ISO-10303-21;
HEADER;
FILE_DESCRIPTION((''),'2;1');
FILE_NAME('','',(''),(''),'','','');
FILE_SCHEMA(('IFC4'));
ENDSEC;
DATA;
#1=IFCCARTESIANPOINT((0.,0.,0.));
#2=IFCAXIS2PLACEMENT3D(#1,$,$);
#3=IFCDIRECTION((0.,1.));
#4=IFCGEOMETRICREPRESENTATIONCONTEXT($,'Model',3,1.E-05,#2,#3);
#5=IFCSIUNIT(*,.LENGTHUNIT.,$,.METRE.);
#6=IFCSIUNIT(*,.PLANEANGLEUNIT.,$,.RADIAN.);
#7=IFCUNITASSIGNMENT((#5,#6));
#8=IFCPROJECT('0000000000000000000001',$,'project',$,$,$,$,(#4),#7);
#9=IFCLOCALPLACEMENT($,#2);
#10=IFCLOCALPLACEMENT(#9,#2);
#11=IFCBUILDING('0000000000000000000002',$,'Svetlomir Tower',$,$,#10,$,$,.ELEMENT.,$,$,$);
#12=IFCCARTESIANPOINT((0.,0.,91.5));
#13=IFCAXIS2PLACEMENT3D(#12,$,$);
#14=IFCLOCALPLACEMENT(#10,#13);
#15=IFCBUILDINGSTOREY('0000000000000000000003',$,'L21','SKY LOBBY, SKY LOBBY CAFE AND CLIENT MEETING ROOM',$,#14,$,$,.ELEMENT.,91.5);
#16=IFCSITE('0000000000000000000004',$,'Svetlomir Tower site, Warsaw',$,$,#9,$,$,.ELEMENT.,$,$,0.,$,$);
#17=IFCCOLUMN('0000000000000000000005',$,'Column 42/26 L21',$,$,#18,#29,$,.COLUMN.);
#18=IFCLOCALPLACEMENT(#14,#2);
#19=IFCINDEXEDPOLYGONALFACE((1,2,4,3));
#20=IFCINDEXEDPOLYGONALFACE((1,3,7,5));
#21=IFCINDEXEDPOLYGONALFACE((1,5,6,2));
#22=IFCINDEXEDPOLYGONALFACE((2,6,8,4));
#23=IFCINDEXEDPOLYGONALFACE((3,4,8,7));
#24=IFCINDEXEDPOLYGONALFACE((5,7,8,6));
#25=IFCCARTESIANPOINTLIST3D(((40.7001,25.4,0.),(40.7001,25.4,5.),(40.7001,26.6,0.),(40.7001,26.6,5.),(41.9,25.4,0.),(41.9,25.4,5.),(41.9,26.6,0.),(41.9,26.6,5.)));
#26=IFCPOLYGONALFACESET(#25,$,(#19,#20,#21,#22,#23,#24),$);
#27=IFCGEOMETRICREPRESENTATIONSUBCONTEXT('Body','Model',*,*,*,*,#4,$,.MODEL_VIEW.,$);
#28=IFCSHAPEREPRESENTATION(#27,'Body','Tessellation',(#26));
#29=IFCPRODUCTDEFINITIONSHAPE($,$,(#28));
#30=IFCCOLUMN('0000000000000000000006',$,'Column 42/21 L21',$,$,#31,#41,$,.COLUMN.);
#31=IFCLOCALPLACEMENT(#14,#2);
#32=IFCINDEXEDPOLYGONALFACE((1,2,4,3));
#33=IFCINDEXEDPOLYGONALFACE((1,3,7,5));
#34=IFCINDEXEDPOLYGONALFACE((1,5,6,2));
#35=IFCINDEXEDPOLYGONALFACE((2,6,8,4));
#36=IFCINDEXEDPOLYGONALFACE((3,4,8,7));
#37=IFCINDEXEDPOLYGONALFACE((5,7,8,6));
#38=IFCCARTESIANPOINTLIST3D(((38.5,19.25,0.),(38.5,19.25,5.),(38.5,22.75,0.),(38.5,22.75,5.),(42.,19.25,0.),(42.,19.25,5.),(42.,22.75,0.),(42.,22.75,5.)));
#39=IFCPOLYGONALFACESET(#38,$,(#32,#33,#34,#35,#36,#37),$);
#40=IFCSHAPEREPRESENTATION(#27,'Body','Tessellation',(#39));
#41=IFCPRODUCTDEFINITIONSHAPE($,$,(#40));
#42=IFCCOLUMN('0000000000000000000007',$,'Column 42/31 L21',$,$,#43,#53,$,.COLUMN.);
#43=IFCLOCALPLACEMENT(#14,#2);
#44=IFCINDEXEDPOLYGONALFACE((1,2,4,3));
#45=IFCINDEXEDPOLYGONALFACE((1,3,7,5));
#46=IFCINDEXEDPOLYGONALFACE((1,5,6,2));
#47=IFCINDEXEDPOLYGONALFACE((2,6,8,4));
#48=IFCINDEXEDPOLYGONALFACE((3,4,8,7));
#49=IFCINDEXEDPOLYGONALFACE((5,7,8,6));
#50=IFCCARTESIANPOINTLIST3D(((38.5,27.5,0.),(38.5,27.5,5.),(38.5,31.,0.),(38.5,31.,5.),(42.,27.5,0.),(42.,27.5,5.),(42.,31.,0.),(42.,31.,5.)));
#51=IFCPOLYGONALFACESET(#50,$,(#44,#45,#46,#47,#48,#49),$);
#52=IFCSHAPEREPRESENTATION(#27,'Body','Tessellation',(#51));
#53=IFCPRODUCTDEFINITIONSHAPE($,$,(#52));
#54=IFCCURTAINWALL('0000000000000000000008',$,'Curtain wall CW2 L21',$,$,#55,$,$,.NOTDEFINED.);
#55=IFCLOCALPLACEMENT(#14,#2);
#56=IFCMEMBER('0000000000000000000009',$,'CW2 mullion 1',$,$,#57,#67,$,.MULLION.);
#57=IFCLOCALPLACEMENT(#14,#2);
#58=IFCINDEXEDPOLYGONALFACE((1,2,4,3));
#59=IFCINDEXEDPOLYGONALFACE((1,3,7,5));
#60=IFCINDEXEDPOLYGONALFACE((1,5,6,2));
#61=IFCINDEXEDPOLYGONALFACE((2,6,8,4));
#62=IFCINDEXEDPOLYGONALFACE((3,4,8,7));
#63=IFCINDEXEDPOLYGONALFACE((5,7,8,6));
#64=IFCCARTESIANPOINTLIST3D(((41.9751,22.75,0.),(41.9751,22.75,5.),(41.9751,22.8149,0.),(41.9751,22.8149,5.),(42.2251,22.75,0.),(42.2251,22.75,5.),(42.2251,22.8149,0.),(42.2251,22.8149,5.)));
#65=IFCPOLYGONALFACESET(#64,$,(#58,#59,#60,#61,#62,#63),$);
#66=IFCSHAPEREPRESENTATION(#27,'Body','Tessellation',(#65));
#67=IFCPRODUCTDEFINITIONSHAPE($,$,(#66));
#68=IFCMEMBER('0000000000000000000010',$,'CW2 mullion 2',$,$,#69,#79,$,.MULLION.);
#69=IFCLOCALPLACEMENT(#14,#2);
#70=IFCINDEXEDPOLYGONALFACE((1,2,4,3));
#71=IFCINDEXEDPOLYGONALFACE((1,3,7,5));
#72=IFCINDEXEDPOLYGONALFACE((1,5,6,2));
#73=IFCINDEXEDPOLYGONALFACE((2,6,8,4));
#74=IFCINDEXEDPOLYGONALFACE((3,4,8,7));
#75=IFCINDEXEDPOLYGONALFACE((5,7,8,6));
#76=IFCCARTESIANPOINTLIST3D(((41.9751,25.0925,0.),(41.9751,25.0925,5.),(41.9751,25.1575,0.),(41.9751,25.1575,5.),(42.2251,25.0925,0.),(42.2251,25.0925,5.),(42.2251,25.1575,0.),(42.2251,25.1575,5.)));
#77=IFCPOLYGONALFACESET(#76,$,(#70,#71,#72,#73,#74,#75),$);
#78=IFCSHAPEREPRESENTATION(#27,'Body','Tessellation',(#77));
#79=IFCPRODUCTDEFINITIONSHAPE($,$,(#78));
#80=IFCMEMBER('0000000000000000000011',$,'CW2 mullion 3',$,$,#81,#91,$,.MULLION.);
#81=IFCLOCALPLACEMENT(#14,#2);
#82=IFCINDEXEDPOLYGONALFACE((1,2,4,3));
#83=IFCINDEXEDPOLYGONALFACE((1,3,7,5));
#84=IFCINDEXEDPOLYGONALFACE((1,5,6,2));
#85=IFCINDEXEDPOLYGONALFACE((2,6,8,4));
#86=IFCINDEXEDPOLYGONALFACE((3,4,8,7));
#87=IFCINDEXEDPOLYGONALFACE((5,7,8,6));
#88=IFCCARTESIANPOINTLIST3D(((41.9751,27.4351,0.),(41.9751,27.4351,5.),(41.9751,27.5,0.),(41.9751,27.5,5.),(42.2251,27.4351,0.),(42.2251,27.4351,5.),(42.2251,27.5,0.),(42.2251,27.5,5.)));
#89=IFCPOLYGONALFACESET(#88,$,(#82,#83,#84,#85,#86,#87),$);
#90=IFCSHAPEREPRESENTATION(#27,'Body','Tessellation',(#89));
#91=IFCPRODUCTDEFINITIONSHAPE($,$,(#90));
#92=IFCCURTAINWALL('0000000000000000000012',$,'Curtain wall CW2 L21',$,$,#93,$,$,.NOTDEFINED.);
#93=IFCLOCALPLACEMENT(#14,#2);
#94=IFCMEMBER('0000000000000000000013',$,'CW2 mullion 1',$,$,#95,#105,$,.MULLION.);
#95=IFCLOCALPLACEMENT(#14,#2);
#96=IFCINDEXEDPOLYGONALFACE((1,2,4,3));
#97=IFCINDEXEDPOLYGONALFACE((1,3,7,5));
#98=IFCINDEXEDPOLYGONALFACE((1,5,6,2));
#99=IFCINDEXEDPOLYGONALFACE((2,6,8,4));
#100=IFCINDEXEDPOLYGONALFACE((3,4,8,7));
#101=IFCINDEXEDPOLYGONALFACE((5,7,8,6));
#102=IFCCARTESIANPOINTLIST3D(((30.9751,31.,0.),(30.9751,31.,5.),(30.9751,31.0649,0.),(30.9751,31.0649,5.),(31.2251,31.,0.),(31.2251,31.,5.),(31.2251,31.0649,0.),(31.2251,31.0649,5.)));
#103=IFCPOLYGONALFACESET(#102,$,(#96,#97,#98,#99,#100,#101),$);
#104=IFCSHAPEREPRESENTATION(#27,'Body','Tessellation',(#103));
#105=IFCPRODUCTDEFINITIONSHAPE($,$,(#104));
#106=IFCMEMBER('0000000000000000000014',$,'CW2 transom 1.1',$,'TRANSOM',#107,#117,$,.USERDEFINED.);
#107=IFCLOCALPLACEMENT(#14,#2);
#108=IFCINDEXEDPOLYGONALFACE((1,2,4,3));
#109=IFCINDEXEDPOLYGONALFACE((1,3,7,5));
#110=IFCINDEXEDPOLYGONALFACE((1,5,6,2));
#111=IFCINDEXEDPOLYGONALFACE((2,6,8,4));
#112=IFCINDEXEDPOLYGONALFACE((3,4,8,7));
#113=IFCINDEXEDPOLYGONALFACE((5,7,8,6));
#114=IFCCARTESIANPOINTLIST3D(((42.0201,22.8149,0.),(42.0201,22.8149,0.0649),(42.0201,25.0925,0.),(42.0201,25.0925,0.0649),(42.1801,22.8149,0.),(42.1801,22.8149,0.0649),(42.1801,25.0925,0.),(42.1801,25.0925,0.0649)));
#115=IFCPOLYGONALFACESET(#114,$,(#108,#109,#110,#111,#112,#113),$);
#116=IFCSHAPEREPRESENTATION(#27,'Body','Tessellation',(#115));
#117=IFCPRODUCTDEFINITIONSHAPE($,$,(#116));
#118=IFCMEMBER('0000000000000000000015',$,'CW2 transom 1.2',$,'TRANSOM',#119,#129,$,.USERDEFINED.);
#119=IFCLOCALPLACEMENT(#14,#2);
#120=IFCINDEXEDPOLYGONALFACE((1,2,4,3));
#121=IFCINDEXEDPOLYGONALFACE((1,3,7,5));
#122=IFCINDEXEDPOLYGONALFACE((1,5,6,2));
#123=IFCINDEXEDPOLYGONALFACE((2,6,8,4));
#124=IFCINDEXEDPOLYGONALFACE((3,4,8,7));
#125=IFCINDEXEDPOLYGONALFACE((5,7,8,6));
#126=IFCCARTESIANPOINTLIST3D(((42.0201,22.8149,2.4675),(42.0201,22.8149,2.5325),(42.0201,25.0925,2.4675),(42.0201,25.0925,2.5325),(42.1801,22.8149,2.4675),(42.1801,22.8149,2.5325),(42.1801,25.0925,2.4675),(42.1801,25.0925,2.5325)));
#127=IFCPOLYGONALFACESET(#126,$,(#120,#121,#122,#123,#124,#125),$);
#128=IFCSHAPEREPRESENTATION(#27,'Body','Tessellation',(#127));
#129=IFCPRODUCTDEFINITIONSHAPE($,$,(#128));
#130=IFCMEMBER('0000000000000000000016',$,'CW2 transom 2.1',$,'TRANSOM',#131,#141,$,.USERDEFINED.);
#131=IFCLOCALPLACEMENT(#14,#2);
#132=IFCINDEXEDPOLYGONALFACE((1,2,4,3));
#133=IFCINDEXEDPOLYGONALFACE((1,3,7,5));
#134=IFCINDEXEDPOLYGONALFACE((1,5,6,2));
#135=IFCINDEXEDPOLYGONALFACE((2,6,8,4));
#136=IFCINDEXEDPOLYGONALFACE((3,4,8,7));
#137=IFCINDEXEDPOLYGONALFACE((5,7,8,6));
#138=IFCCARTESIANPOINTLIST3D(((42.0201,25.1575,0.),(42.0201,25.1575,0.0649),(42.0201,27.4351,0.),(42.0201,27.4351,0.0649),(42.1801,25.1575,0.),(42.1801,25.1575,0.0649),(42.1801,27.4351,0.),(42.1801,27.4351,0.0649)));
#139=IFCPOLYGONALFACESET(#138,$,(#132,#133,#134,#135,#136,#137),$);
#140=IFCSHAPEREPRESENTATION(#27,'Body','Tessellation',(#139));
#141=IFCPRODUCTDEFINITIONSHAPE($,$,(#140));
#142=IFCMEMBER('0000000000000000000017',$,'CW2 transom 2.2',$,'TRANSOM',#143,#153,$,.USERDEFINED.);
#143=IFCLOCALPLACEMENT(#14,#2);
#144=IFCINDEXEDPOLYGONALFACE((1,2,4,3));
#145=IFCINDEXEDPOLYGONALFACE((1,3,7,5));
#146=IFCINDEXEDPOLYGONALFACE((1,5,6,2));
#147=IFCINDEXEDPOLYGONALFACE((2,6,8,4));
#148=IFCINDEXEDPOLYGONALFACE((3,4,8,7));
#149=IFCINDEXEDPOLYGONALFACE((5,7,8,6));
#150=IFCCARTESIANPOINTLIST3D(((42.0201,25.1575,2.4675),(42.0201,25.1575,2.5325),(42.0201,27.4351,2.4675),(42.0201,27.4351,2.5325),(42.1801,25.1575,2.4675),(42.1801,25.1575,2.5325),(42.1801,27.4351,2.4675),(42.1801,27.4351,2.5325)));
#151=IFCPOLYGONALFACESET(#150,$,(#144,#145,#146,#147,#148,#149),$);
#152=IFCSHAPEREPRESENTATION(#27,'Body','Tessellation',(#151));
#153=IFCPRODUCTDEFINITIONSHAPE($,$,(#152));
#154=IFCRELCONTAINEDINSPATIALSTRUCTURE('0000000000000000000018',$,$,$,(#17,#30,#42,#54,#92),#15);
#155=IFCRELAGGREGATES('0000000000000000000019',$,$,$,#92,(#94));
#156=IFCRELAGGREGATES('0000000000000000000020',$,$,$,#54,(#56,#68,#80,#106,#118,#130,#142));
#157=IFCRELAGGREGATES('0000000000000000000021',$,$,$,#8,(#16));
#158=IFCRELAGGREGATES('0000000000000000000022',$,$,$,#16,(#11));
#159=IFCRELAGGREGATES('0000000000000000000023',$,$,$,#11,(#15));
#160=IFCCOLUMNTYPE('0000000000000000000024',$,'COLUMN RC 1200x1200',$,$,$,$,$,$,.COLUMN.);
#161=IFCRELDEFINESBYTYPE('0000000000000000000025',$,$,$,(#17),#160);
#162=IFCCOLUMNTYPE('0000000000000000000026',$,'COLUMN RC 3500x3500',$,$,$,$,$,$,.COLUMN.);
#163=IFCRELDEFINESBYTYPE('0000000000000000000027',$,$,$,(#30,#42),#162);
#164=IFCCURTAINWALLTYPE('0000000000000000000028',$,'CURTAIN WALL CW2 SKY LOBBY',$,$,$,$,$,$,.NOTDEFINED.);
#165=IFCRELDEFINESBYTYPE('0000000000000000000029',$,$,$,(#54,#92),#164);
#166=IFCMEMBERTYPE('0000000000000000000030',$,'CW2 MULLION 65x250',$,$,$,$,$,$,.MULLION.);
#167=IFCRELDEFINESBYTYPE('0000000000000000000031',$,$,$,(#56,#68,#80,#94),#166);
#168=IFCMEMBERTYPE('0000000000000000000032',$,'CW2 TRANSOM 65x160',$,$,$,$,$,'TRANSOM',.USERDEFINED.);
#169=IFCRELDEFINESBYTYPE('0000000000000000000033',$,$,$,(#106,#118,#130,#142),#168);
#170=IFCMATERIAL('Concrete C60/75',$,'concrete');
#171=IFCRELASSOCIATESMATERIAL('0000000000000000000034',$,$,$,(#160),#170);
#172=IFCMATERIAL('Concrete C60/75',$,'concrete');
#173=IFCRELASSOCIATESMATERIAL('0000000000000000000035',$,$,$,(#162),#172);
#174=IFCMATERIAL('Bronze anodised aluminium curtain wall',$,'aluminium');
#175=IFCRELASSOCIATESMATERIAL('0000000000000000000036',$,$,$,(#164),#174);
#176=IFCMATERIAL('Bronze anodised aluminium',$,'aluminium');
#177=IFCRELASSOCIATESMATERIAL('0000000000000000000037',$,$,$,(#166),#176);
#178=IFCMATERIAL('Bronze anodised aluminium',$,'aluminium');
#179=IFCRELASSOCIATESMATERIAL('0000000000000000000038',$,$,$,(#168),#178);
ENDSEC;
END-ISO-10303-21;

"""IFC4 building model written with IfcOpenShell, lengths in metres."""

from ifc_helpers import new_model, si_unit, direction, frame, origin, origin_2d, place, context, subcontext, project, spatial, rectangle, extrude, material, material_profile, profile_set, type_object, element, aggregate, save


model = new_model("IFC4")

# Units and contexts
model_context = context("Model", 3, precision=1e-05, world=origin(), true_north=direction((0.0, 1.0)))
body_context = subcontext(model_context, "Body", "Model", "MODEL_VIEW")
ifc_project = project(units=[si_unit("LENGTHUNIT", "METRE"), si_unit("PLANEANGLEUNIT", "RADIAN")], contexts=[model_context])

# Site, building, storey
site_placement = place(None, origin())
site = spatial("IfcSite", under=ifc_project, at=site_placement, Name="Svetlomir Tower site, Warsaw", CompositionType="ELEMENT", RefElevation=0.0)
building_placement = place(site_placement, origin())
building = spatial("IfcBuilding", under=site, at=building_placement, Name="Svetlomir Tower", CompositionType="ELEMENT")
storey_placement = place(building_placement, frame((0.0, 0.0, 91.5)))
storey = spatial("IfcBuildingStorey", under=building, at=storey_placement, Name="L21", Description="SKY LOBBY, SKY LOBBY CAFE AND CLIENT MEETING ROOM", CompositionType="ELEMENT", Elevation=91.5)

# Columns
ifc_material_1 = material(Name="Concrete C60/75", Category="concrete")
ifc_material_profile_1 = material_profile(ifc_material_1, rectangle(XDim=1.2, YDim=1.2, at=origin_2d()), Name="RC 1200x1200")
ifc_profile_set_1 = profile_set([ifc_material_profile_1], Name="Concrete C60/75")
column_type_1 = type_object("IfcColumnType", Name="COLUMN RC 1200x1200", PredefinedType="COLUMN", material=ifc_profile_set_1)
column_placement = place(storey_placement, frame((41.3, 26.0, 0.0), z_axis=(0.0, 0.0, 1.0), x_axis=(1.0, 0.0, 0.0)))
element("IfcColumn", 1, at=column_placement, inside=storey, type_object=column_type_1, Name="Column 42/26 L21", PredefinedType="COLUMN", context=body_context, shape_type="SweptSolid", body=[
    extrude(rectangle(XDim=1.2, YDim=1.2, at=origin_2d()), origin(), (0.0, 0.0, 1.0), 5.0),
])
ifc_material_2 = material(Name="Concrete C60/75", Category="concrete")
ifc_material_profile_2 = material_profile(ifc_material_2, rectangle(XDim=3.5, YDim=3.5, at=origin_2d()), Name="RC 3500x3500")
ifc_profile_set_2 = profile_set([ifc_material_profile_2], Name="Concrete C60/75")
column_type_2 = type_object("IfcColumnType", Name="COLUMN RC 3500x3500", PredefinedType="COLUMN", material=ifc_profile_set_2)
for number, where, z_axis, x_axis, name in (
    (2, (40.25, 21.0, 0.0), (0.0, 0.0, 1.0), (1.0, 0.0, 0.0), "Column 42/21 L21"),
    (3, (40.25, 29.25, 0.0), (0.0, 0.0, 1.0), (1.0, 0.0, 0.0), "Column 42/31 L21"),
):
    element("IfcColumn", number, at=place(storey_placement, frame(where, z_axis=z_axis, x_axis=x_axis)), inside=storey, type_object=column_type_2, Name=name, PredefinedType="COLUMN", context=body_context, shape_type="SweptSolid", body=[
        extrude(rectangle(XDim=3.5, YDim=3.5, at=origin_2d()), origin(), (0.0, 0.0, 1.0), 5.0),
    ])

# Curtain wall, members
ifc_material_3 = material(Name="Bronze anodised aluminium curtain wall", Category="aluminium")
curtain_wall_type = type_object("IfcCurtainWallType", Name="CURTAIN WALL CW2 SKY LOBBY", PredefinedType="NOTDEFINED", material=ifc_material_3)
curtain_wall_1_placement = place(storey_placement, origin())
curtain_wall_1 = element("IfcCurtainWall", 4, at=curtain_wall_1_placement, inside=storey, type_object=curtain_wall_type, Name="Curtain wall CW2 L21", PredefinedType="NOTDEFINED")
ifc_material_4 = material(Name="Bronze anodised aluminium", Category="aluminium")
ifc_material_profile_3 = material_profile(ifc_material_4, rectangle(XDim=0.0649, YDim=0.25, at=origin_2d()), Name="AL 65x250")
ifc_profile_set_3 = profile_set([ifc_material_profile_3], Name="Bronze anodised aluminium 6063-T6")
member_type_1 = type_object("IfcMemberType", Name="CW2 MULLION 65x250", PredefinedType="MULLION", material=ifc_profile_set_3)
member_1_placement = place(storey_placement, frame((42.1001, 22.7825, 0.0), z_axis=(0.0, 0.0, 1.0), x_axis=(0.0, 1.0, 0.0)))
member_1 = element("IfcMember", 5, at=member_1_placement, type_object=member_type_1, Name="CW2 mullion 1", PredefinedType="MULLION", context=body_context, shape_type="SweptSolid", body=[
    extrude(rectangle(XDim=0.0649, YDim=0.25, at=origin_2d()), origin(), (0.0, 0.0, 1.0), 5.0),
])
member_2_placement = place(storey_placement, frame((42.1001, 25.125, 0.0), z_axis=(0.0, 0.0, 1.0), x_axis=(0.0, 1.0, 0.0)))
member_2 = element("IfcMember", 6, at=member_2_placement, type_object=member_type_1, Name="CW2 mullion 2", PredefinedType="MULLION", context=body_context, shape_type="SweptSolid", body=[
    extrude(rectangle(XDim=0.0649, YDim=0.25, at=origin_2d()), origin(), (0.0, 0.0, 1.0), 5.0),
])
member_3_placement = place(storey_placement, frame((42.1001, 27.4675, 0.0), z_axis=(0.0, 0.0, 1.0), x_axis=(0.0, 1.0, 0.0)))
member_3 = element("IfcMember", 7, at=member_3_placement, type_object=member_type_1, Name="CW2 mullion 3", PredefinedType="MULLION", context=body_context, shape_type="SweptSolid", body=[
    extrude(rectangle(XDim=0.0649, YDim=0.25, at=origin_2d()), origin(), (0.0, 0.0, 1.0), 5.0),
])

# Curtain wall, member
curtain_wall_2_placement = place(storey_placement, origin())
curtain_wall_2 = element("IfcCurtainWall", 8, at=curtain_wall_2_placement, inside=storey, type_object=curtain_wall_type, Name="Curtain wall CW2 L21", PredefinedType="NOTDEFINED")
member_4_placement = place(storey_placement, frame((31.1001, 31.0325, 0.0), z_axis=(0.0, 0.0, 1.0), x_axis=(0.0, 1.0, 0.0)))
member_4 = element("IfcMember", 9, at=member_4_placement, type_object=member_type_1, Name="CW2 mullion 1", PredefinedType="MULLION", context=body_context, shape_type="SweptSolid", body=[
    extrude(rectangle(XDim=0.0649, YDim=0.25, at=origin_2d()), origin(), (0.0, 0.0, 1.0), 5.0),
])
aggregate(curtain_wall_2, [member_4])

# Members
ifc_material_5 = material(Name="Bronze anodised aluminium", Category="aluminium")
ifc_material_profile_4 = material_profile(ifc_material_5, rectangle(XDim=0.1599, YDim=0.0649, at=origin_2d()), Name="AL 160x65")
ifc_profile_set_4 = profile_set([ifc_material_profile_4], Name="Bronze anodised aluminium 6063-T6")
member_type_2 = type_object("IfcMemberType", Name="CW2 TRANSOM 65x160", ElementType="TRANSOM", PredefinedType="USERDEFINED", material=ifc_profile_set_4)
member_5_placement = place(storey_placement, frame((42.1001, 22.8149, 0.0325), z_axis=(0.0, 1.0, 0.0), x_axis=(-1.0, 0.0, 0.0)))
member_5 = element("IfcMember", 10, at=member_5_placement, type_object=member_type_2, Name="CW2 transom 1.1", ObjectType="TRANSOM", PredefinedType="USERDEFINED", context=body_context, shape_type="SweptSolid", body=[
    extrude(rectangle(XDim=0.1599, YDim=0.0649, at=origin_2d()), origin(), (0.0, 0.0, 1.0), 2.2776),
])
member_6_placement = place(storey_placement, frame((42.1001, 22.8149, 2.5), z_axis=(0.0, 1.0, 0.0), x_axis=(-1.0, 0.0, 0.0)))
member_6 = element("IfcMember", 11, at=member_6_placement, type_object=member_type_2, Name="CW2 transom 1.2", ObjectType="TRANSOM", PredefinedType="USERDEFINED", context=body_context, shape_type="SweptSolid", body=[
    extrude(rectangle(XDim=0.1599, YDim=0.0649, at=origin_2d()), origin(), (0.0, 0.0, 1.0), 2.2776),
])
member_7_placement = place(storey_placement, frame((42.1001, 25.1575, 0.0325), z_axis=(0.0, 1.0, 0.0), x_axis=(-1.0, 0.0, 0.0)))
member_7 = element("IfcMember", 12, at=member_7_placement, type_object=member_type_2, Name="CW2 transom 2.1", ObjectType="TRANSOM", PredefinedType="USERDEFINED", context=body_context, shape_type="SweptSolid", body=[
    extrude(rectangle(XDim=0.1599, YDim=0.0649, at=origin_2d()), origin(), (0.0, 0.0, 1.0), 2.2776),
])
member_8_placement = place(storey_placement, frame((42.1001, 25.1575, 2.5), z_axis=(0.0, 1.0, 0.0), x_axis=(-1.0, 0.0, 0.0)))
member_8 = element("IfcMember", 13, at=member_8_placement, type_object=member_type_2, Name="CW2 transom 2.2", ObjectType="TRANSOM", PredefinedType="USERDEFINED", context=body_context, shape_type="SweptSolid", body=[
    extrude(rectangle(XDim=0.1599, YDim=0.0649, at=origin_2d()), origin(), (0.0, 0.0, 1.0), 2.2776),
])

aggregate(curtain_wall_1, [member_1, member_2, member_3, member_5, member_6, member_7, member_8])

save(model, "model.ifc")
